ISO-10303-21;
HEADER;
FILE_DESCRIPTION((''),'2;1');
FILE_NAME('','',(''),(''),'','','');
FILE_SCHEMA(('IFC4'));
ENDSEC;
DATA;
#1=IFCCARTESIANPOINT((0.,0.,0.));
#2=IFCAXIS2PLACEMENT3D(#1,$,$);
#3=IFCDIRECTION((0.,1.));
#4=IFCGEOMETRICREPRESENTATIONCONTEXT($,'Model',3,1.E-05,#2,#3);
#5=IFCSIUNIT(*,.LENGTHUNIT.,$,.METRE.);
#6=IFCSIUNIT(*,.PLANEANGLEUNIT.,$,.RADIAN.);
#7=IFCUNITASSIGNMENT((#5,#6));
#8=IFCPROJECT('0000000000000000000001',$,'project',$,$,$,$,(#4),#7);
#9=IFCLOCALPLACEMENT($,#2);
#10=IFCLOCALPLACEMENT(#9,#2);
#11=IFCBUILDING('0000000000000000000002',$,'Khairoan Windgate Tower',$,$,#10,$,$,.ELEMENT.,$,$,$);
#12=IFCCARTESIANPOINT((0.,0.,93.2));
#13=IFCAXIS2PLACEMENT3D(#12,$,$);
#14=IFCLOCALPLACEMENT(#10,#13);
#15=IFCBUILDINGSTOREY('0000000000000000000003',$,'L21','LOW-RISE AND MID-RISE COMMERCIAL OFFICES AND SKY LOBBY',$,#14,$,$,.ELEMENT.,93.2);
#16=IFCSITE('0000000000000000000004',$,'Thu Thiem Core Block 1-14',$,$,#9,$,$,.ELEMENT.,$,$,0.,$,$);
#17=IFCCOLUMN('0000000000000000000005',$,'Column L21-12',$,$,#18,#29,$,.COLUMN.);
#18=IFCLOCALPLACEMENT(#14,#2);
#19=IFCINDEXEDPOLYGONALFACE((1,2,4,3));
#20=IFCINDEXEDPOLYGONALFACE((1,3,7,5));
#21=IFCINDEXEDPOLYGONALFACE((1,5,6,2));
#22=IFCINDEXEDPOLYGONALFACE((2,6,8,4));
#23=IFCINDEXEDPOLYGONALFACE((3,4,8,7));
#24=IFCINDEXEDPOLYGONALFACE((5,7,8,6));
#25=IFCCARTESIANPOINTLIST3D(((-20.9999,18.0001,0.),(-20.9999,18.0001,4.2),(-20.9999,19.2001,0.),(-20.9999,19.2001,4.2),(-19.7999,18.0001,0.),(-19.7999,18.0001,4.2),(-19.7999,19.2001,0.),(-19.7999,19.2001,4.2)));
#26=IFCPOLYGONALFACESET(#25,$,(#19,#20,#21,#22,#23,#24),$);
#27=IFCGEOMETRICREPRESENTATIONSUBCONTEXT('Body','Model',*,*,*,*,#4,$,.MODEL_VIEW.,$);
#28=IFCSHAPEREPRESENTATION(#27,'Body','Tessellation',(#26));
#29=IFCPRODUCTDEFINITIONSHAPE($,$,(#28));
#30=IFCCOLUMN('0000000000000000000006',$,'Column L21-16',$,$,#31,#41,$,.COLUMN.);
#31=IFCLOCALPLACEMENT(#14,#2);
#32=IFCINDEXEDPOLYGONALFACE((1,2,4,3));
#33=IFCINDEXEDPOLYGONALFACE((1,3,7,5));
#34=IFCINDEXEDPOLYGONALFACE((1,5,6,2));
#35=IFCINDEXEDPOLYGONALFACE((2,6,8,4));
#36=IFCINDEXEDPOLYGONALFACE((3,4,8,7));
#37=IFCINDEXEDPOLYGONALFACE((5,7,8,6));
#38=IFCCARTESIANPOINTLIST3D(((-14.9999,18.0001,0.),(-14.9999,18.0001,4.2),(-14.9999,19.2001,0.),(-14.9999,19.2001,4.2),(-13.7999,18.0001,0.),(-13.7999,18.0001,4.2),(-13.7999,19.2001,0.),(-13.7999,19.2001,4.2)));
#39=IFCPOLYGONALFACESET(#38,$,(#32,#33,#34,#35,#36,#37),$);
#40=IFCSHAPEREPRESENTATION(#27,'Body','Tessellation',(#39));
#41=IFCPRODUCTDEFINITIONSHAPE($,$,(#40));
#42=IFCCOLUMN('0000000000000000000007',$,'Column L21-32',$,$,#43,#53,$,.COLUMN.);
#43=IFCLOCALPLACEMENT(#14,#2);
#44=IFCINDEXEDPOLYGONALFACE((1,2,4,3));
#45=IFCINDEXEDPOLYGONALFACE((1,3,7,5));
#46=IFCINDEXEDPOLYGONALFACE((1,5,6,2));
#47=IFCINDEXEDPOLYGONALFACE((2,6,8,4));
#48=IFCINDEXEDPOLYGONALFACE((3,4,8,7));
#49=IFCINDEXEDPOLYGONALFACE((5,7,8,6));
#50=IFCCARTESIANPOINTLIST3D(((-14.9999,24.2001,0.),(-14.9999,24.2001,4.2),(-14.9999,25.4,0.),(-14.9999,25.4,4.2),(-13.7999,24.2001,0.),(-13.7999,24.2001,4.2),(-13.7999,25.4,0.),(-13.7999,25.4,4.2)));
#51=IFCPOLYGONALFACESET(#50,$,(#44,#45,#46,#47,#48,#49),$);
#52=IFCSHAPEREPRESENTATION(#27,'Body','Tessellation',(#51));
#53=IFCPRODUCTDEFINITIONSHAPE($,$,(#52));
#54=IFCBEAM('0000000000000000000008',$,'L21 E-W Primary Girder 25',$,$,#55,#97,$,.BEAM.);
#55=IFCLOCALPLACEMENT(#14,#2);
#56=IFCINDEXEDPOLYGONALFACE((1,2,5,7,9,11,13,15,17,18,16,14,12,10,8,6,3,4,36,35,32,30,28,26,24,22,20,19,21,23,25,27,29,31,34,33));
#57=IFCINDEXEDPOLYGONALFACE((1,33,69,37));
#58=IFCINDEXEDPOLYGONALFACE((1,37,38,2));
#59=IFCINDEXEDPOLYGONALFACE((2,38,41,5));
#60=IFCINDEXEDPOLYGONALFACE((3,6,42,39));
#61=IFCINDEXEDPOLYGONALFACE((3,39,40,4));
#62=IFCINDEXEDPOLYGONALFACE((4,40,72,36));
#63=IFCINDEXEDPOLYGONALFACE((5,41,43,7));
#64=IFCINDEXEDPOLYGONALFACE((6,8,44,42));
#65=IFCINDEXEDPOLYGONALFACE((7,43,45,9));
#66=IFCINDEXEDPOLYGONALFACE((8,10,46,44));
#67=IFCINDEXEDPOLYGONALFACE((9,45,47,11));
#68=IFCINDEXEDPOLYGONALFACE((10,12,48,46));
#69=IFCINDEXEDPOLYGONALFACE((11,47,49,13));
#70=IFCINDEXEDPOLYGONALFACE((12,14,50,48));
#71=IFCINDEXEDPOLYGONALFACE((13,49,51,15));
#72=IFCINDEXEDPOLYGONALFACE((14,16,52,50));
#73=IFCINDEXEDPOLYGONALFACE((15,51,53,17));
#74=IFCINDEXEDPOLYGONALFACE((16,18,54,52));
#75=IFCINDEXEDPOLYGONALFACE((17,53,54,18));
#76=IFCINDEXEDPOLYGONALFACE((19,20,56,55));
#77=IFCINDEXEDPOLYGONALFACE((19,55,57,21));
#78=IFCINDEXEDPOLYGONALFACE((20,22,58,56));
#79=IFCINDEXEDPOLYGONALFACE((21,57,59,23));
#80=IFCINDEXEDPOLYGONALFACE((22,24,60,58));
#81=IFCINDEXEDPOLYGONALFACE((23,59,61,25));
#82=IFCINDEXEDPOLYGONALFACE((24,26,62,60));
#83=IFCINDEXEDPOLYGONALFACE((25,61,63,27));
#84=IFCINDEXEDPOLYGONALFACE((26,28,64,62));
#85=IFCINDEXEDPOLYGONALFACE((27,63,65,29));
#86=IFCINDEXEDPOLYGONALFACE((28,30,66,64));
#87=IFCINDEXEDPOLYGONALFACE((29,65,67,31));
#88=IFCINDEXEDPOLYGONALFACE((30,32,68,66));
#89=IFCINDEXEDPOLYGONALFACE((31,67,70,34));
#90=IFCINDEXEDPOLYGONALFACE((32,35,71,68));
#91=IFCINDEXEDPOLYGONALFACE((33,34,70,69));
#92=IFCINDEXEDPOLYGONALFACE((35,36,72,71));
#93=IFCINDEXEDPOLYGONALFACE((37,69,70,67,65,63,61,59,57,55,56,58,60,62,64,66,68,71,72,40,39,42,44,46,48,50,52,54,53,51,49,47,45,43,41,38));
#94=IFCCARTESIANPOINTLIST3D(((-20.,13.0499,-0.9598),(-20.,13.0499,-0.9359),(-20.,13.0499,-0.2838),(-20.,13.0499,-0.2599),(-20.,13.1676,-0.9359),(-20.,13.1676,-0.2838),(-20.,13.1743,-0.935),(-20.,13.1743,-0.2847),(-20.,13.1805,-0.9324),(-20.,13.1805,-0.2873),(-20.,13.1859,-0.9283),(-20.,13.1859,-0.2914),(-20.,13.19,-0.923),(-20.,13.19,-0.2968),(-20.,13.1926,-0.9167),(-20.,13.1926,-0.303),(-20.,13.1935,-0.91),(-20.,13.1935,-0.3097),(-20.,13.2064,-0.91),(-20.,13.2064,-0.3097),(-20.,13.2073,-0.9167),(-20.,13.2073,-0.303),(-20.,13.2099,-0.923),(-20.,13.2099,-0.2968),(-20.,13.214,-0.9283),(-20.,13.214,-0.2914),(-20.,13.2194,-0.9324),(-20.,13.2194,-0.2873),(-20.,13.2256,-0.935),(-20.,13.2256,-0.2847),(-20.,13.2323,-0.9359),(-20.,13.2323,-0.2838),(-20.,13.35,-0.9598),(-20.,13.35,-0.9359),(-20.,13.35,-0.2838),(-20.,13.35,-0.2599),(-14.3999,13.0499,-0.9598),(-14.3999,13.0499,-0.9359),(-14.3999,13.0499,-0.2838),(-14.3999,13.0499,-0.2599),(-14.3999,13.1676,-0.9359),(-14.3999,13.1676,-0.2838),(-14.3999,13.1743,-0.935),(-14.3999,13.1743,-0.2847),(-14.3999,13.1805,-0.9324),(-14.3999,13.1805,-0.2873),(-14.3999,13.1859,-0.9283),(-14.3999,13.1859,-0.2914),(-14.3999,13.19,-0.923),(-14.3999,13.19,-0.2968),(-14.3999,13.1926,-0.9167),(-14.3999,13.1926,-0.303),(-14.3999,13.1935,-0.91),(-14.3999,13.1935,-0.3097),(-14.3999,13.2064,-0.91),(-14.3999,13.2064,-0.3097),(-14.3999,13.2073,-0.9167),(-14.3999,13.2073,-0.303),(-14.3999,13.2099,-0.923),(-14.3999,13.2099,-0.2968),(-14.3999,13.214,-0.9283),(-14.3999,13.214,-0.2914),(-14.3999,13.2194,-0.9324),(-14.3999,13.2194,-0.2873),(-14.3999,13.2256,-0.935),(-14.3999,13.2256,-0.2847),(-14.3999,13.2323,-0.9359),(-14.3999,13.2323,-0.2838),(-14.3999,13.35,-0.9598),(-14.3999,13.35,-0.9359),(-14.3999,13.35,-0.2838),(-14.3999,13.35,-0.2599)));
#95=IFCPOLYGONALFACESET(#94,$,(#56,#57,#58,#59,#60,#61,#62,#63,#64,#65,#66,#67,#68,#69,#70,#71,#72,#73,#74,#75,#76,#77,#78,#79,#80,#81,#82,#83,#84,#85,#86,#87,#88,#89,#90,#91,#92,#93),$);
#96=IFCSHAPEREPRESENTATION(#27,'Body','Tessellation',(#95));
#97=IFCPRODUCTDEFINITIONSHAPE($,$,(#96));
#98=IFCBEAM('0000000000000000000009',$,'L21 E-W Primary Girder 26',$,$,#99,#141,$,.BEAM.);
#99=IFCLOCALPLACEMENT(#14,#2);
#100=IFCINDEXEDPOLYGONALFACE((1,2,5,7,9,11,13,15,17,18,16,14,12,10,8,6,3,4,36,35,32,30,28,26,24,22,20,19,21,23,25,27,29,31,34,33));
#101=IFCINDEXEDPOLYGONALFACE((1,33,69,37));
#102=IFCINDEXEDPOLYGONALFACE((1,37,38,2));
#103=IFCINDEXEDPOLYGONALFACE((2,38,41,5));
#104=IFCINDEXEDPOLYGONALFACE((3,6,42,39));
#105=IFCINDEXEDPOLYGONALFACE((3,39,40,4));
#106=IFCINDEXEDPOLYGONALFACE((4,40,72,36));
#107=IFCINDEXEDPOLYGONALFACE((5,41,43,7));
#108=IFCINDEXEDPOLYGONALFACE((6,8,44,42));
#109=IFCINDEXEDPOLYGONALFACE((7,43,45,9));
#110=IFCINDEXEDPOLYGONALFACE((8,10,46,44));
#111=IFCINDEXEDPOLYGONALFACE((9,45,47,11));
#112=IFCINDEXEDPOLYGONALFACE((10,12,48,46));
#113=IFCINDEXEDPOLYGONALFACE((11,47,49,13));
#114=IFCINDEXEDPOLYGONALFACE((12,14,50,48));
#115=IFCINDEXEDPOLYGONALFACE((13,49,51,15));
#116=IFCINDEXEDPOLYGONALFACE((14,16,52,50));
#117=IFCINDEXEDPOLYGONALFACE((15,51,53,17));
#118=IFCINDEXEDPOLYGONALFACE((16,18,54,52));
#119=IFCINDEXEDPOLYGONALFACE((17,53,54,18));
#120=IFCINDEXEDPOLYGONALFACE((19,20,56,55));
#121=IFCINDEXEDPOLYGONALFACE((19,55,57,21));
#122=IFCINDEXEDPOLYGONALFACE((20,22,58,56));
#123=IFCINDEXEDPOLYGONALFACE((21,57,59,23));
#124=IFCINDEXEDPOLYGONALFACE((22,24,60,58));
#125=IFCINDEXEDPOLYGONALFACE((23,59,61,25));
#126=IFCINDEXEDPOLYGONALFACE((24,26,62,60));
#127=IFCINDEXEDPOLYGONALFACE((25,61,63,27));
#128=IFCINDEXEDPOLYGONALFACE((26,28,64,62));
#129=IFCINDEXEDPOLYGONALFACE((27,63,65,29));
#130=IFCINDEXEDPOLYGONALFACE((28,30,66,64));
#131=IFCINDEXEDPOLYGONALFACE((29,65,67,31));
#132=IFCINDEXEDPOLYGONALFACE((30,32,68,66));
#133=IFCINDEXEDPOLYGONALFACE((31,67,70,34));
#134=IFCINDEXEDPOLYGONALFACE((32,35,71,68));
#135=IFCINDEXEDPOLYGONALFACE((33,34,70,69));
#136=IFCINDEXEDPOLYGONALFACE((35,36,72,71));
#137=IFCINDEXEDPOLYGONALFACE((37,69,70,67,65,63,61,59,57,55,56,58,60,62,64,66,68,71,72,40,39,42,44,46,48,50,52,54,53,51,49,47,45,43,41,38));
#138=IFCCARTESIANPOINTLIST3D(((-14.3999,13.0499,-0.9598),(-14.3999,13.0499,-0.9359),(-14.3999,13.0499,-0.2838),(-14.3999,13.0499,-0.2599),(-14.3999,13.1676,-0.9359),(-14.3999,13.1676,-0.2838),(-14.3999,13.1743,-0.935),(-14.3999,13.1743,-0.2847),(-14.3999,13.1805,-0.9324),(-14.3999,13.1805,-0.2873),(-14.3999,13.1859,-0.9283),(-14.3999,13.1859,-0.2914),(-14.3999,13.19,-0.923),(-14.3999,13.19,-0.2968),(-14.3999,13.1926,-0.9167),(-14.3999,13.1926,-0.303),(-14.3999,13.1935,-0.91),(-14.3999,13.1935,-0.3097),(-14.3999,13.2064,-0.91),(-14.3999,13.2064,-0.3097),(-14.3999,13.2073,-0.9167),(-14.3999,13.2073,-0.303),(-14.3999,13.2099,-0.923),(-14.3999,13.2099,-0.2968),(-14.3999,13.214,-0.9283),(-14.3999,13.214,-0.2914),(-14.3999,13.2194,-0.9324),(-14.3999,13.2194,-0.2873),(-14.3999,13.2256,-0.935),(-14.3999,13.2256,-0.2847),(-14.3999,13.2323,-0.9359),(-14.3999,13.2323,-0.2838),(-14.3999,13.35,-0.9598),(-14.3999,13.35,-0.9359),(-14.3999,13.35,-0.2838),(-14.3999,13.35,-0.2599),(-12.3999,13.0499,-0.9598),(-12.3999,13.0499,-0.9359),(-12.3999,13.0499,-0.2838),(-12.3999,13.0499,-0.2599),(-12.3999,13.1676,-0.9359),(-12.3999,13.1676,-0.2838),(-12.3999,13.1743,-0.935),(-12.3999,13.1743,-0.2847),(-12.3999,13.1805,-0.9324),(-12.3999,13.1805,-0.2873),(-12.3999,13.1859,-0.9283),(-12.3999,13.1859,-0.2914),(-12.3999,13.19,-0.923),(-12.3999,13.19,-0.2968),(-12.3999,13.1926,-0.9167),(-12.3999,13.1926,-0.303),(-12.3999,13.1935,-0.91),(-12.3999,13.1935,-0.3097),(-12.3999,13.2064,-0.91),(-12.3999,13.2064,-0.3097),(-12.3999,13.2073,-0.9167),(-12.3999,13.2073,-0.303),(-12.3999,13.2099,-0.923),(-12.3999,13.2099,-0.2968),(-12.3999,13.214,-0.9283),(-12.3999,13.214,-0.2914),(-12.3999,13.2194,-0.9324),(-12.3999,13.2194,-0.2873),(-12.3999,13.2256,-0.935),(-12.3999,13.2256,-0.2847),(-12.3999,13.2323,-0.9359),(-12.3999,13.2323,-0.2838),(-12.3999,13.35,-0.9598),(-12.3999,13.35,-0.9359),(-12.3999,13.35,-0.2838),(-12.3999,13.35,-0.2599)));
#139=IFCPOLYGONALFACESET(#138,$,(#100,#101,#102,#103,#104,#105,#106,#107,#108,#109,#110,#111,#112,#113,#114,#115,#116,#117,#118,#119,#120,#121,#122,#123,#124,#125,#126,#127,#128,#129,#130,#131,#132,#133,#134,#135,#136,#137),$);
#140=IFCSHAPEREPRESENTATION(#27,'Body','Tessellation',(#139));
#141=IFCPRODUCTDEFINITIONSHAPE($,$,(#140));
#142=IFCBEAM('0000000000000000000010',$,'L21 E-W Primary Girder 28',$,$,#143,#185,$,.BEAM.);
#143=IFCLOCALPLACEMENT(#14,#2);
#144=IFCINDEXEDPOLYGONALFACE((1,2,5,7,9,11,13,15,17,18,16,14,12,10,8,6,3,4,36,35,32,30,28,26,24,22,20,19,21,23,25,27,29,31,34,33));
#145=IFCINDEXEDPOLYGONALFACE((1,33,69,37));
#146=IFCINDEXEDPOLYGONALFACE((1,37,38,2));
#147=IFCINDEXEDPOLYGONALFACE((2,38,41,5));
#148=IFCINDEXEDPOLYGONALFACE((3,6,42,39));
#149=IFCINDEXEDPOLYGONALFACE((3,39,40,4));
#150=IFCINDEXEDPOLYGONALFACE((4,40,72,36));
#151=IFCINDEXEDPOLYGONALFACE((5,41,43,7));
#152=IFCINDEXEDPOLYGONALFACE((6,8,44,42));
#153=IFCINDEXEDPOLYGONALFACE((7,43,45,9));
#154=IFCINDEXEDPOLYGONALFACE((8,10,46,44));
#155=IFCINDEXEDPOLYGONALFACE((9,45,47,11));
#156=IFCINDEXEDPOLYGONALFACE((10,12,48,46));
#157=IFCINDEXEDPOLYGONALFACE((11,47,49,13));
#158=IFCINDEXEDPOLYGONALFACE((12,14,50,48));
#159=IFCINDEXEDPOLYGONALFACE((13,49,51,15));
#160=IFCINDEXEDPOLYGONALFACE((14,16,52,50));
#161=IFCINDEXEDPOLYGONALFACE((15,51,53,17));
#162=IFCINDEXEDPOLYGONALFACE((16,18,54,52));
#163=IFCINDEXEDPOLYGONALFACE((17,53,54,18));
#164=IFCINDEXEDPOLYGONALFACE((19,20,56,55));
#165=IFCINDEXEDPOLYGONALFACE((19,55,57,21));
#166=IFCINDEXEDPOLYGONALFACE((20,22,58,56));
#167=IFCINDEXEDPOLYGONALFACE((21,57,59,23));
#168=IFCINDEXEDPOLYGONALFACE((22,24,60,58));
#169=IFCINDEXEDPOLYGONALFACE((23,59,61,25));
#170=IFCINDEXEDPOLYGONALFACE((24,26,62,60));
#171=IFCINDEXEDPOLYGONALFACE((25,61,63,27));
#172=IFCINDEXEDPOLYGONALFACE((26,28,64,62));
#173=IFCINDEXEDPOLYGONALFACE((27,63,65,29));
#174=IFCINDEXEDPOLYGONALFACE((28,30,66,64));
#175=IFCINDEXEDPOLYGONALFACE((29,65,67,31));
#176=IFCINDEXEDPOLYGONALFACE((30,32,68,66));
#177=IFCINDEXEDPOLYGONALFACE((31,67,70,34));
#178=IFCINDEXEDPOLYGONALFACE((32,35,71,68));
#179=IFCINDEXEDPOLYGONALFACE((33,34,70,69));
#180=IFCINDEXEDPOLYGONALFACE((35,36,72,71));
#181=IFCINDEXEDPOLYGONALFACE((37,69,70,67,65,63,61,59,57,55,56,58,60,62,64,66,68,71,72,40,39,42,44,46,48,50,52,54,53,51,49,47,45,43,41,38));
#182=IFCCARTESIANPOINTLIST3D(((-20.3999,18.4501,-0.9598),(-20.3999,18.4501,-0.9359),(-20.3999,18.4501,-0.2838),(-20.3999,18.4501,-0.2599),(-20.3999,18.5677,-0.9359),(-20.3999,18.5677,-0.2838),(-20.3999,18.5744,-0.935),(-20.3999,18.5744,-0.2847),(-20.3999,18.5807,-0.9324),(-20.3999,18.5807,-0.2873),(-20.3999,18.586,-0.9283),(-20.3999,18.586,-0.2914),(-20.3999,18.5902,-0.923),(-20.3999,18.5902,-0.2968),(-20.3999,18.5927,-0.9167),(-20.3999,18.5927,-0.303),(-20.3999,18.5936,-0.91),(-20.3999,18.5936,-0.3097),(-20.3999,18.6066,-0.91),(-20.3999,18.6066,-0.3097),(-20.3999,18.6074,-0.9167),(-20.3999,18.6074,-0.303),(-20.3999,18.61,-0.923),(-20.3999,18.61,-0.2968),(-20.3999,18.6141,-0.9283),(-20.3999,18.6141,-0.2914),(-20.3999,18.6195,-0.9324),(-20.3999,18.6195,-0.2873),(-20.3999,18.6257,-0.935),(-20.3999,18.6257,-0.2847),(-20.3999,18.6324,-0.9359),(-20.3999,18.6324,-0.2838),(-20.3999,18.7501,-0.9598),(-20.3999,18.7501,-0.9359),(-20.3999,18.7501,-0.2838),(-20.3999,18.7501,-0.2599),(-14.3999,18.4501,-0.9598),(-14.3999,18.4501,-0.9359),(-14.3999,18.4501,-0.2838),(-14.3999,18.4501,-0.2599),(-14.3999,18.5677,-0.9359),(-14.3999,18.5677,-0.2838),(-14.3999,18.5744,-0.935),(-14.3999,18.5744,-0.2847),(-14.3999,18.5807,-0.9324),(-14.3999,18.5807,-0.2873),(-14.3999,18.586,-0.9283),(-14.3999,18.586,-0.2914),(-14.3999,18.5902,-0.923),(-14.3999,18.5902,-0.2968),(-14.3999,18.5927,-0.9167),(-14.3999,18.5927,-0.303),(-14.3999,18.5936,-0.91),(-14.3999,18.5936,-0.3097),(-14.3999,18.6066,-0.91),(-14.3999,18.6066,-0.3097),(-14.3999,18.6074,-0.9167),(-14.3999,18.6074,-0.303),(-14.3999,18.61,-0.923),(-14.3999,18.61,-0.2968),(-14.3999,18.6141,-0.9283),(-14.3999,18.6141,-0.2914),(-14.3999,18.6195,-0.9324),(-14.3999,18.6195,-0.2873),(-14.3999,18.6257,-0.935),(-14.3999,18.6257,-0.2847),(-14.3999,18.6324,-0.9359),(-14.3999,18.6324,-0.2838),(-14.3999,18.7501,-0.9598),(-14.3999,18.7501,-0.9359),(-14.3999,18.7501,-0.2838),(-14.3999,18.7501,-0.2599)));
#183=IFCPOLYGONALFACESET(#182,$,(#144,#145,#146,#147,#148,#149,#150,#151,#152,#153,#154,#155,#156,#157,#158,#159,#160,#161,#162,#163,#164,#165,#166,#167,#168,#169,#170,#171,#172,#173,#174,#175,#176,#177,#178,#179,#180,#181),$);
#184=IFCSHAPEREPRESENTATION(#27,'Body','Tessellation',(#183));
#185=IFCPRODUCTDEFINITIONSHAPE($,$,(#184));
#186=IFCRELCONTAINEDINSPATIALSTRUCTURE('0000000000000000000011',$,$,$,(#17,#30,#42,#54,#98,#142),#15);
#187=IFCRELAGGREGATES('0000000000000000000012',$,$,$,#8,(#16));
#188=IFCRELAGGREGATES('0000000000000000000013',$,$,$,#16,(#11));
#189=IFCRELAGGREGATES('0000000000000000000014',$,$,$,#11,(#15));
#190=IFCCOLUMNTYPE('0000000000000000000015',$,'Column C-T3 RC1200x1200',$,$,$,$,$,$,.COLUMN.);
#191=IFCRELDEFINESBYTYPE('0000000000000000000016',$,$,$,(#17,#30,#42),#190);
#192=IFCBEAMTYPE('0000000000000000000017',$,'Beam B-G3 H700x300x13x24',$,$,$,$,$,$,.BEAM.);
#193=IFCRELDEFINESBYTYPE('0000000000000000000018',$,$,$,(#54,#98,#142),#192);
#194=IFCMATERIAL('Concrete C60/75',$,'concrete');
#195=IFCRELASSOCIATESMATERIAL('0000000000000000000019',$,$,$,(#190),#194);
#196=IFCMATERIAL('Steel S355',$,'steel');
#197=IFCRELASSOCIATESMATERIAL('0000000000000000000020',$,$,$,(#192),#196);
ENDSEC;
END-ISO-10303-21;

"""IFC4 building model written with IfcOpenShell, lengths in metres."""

from ifc_helpers import new_model, si_unit, direction, frame, origin, origin_2d, place, context, subcontext, project, spatial, rectangle, i_section, extrude, material, material_profile, profile_set, type_object, element, save


model = new_model("IFC4")

# Units and contexts
model_context = context("Model", 3, precision=1e-05, world=origin(), true_north=direction((0.0, 1.0)))
body_context = subcontext(model_context, "Body", "Model", "MODEL_VIEW")
ifc_project = project(units=[si_unit("LENGTHUNIT", "METRE"), si_unit("PLANEANGLEUNIT", "RADIAN")], contexts=[model_context])

# Site, building, storey
site_placement = place(None, origin())
site = spatial("IfcSite", under=ifc_project, at=site_placement, Name="Thu Thiem Core Block 1-14", CompositionType="ELEMENT", RefElevation=0.0)
building_placement = place(site_placement, origin())
building = spatial("IfcBuilding", under=site, at=building_placement, Name="Khairoan Windgate Tower", CompositionType="ELEMENT")
storey_placement = place(building_placement, frame((0.0, 0.0, 93.2)))
storey = spatial("IfcBuildingStorey", under=building, at=storey_placement, Name="L21", Description="LOW-RISE AND MID-RISE COMMERCIAL OFFICES AND SKY LOBBY", CompositionType="ELEMENT", Elevation=93.2)

# Columns
ifc_material_1 = material(Name="Concrete C60/75", Category="concrete")
ifc_material_profile_1 = material_profile(ifc_material_1, rectangle(XDim=1.2, YDim=1.2, at=origin_2d()))
ifc_profile_set_1 = profile_set([ifc_material_profile_1], Name="Concrete C60/75")
column_type = type_object("IfcColumnType", Name="Column C-T3 RC1200x1200", PredefinedType="COLUMN", material=ifc_profile_set_1)
for number, where, z_axis, x_axis, name in (
    (1, (-20.3999, 18.6001, 0.0), (0.0, 0.0, 1.0), (1.0, 0.0, 0.0), "Column L21-12"),
    (2, (-14.3999, 18.6001, 0.0), (0.0, 0.0, 1.0), (1.0, 0.0, 0.0), "Column L21-16"),
    (3, (-14.3999, 24.8, 0.0), (0.0, 0.0, 1.0), (1.0, 0.0, 0.0), "Column L21-32"),
):
    element("IfcColumn", number, at=place(storey_placement, frame(where, z_axis=z_axis, x_axis=x_axis)), inside=storey, type_object=column_type, Name=name, PredefinedType="COLUMN", context=body_context, shape_type="SweptSolid", body=[
        extrude(rectangle(XDim=1.2, YDim=1.2, at=origin_2d()), origin(), (0.0, 0.0, 1.0), 4.2),
    ])

# Beams
ifc_material_2 = material(Name="Steel S355", Category="steel")
ifc_material_profile_2 = material_profile(ifc_material_2, i_section(OverallWidth=0.3, OverallDepth=0.7, WebThickness=0.0129, FlangeThickness=0.0239, FilletRadius=0.0259, at=origin_2d()))
ifc_profile_set_2 = profile_set([ifc_material_profile_2], Name="Steel S355")
beam_type_1 = type_object("IfcBeamType", Name="Beam B-G3 H700x300x13x24", PredefinedType="BEAM", material=ifc_profile_set_2)
beam_1_placement = place(storey_placement, frame((-20.0, 13.2, -0.6099), z_axis=(1.0, 0.0, 0.0), x_axis=(0.0, 1.0, 0.0)))
element("IfcBeam", 4, at=beam_1_placement, inside=storey, type_object=beam_type_1, Name="L21 E-W Primary Girder 25", PredefinedType="BEAM", context=body_context, shape_type="SweptSolid", body=[
    extrude(i_section(OverallWidth=0.3, OverallDepth=0.7, WebThickness=0.0129, FlangeThickness=0.0239, FilletRadius=0.0259, at=origin_2d()), origin(), (0.0, 0.0, 1.0), 5.6001),
])
beam_2_placement = place(storey_placement, frame((-14.3999, 13.2, -0.6099), z_axis=(1.0, 0.0, 0.0), x_axis=(0.0, 1.0, 0.0)))
element("IfcBeam", 5, at=beam_2_placement, inside=storey, type_object=beam_type_1, Name="L21 E-W Primary Girder 26", PredefinedType="BEAM", context=body_context, shape_type="SweptSolid", body=[
    extrude(i_section(OverallWidth=0.3, OverallDepth=0.7, WebThickness=0.0129, FlangeThickness=0.0239, FilletRadius=0.0259, at=origin_2d()), origin(), (0.0, 0.0, 1.0), 2.0),
])
beam_3_placement = place(storey_placement, frame((-20.3999, 18.6001, -0.6099), z_axis=(1.0, 0.0, 0.0), x_axis=(0.0, 1.0, 0.0)))
element("IfcBeam", 6, at=beam_3_placement, inside=storey, type_object=beam_type_1, Name="L21 E-W Primary Girder 28", PredefinedType="BEAM", context=body_context, shape_type="SweptSolid", body=[
    extrude(i_section(OverallWidth=0.3, OverallDepth=0.7, WebThickness=0.0129, FlangeThickness=0.0239, FilletRadius=0.0259, at=origin_2d()), origin(), (0.0, 0.0, 1.0), 6.0),
])

save(model, "model.ifc")
